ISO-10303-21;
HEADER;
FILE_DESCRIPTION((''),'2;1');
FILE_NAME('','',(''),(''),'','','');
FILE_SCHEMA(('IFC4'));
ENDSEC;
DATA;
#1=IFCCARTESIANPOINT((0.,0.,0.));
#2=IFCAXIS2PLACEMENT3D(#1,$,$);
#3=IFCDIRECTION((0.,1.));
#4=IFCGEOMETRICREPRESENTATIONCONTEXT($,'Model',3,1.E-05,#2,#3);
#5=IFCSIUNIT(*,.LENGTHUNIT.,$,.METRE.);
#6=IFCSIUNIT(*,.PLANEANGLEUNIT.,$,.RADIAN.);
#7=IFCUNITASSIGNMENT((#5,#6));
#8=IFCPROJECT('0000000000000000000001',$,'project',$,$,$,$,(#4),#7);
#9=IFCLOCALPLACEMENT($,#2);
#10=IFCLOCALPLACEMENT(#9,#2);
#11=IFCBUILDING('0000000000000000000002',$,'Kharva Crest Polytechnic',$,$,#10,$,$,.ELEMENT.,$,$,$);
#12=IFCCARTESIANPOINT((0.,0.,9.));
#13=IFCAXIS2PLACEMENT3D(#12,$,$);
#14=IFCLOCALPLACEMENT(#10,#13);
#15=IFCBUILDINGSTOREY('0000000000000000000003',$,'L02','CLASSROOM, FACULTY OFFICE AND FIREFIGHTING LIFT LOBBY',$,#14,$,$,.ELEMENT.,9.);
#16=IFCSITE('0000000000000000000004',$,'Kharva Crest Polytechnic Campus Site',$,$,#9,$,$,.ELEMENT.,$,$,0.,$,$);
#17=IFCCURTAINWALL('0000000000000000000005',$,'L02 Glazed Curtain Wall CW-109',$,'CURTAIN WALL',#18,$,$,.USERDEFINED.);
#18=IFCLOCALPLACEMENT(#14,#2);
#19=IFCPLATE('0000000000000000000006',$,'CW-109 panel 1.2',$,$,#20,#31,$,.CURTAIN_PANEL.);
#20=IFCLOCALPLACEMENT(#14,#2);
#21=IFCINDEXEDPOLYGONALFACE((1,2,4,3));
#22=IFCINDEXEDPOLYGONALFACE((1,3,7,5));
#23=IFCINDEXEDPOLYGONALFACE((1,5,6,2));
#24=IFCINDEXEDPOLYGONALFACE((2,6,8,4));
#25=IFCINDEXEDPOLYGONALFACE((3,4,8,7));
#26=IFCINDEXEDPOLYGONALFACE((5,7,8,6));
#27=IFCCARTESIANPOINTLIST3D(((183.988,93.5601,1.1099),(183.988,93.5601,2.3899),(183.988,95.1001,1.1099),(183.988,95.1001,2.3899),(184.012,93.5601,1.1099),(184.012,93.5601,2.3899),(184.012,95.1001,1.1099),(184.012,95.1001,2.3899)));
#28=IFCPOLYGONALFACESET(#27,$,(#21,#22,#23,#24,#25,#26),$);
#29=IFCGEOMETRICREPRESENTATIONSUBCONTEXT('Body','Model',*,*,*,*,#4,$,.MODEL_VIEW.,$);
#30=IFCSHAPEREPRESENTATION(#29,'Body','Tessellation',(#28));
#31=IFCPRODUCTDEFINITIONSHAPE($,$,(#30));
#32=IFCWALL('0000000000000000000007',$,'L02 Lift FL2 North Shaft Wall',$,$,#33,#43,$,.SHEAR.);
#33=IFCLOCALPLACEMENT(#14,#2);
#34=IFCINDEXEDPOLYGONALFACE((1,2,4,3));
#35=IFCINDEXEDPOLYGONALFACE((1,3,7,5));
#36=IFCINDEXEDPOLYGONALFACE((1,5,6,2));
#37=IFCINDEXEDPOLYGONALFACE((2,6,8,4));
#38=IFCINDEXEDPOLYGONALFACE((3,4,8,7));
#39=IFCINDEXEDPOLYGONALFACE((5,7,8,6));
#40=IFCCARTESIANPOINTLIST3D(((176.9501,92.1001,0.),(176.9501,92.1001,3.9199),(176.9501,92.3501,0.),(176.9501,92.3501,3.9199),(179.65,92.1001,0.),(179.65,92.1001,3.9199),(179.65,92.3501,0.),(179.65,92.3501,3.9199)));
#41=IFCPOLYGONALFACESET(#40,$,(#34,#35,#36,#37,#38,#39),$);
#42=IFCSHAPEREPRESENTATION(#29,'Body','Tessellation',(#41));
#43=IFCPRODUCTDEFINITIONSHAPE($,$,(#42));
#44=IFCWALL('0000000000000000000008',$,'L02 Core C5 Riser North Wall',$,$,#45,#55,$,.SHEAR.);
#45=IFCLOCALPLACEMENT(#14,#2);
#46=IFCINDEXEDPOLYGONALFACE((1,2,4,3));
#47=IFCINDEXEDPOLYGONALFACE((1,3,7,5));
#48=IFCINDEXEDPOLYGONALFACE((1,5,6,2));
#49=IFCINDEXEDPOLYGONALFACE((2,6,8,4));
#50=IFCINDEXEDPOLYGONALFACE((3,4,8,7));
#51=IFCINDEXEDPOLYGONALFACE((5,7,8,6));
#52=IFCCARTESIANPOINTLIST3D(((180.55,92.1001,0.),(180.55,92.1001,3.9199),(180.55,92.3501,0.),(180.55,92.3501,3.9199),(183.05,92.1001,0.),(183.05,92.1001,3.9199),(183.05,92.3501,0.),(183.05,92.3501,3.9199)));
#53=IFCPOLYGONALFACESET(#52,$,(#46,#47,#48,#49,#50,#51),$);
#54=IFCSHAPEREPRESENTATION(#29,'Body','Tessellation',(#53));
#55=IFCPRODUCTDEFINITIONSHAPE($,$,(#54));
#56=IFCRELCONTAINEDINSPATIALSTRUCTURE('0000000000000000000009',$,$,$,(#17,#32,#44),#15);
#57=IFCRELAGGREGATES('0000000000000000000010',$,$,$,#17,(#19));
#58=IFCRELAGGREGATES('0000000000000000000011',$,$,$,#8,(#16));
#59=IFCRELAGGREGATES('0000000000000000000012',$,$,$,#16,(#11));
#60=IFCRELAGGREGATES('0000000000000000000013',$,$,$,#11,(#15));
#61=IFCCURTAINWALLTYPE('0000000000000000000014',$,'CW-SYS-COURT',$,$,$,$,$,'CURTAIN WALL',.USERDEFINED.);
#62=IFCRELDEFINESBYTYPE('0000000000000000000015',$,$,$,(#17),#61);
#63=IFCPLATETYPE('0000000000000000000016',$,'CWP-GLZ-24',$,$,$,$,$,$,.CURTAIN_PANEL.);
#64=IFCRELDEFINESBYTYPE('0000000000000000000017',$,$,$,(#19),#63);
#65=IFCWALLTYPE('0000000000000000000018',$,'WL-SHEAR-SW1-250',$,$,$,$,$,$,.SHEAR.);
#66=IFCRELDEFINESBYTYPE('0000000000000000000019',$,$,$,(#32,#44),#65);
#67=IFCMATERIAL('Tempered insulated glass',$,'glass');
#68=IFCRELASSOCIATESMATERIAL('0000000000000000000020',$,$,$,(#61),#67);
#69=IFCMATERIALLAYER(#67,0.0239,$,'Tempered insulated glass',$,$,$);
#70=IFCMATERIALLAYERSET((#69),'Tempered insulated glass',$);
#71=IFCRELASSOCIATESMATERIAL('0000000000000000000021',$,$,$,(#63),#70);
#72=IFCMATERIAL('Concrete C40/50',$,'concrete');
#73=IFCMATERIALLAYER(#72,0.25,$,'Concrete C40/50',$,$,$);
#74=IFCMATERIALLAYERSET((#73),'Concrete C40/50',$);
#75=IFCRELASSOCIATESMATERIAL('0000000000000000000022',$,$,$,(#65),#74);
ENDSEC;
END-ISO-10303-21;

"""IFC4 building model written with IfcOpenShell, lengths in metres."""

from ifc_helpers import new_model, si_unit, direction, frame, frame_2d, origin, origin_2d, place, context, subcontext, project, spatial, rectangle, extrude, material, layer, layer_set, type_object, element, aggregate, save


model = new_model("IFC4")

# Units and contexts
model_context = context("Model", 3, precision=1e-05, world=origin(), true_north=direction((0.0, 1.0)))
body_context = subcontext(model_context, "Body", "Model", "MODEL_VIEW")
ifc_project = project(units=[si_unit("LENGTHUNIT", "METRE"), si_unit("PLANEANGLEUNIT", "RADIAN")], contexts=[model_context])

# Site, building, storey
site_placement = place(None, origin())
site = spatial("IfcSite", under=ifc_project, at=site_placement, Name="Kharva Crest Polytechnic Campus Site", CompositionType="ELEMENT", RefElevation=0.0)
building_placement = place(site_placement, origin())
building = spatial("IfcBuilding", under=site, at=building_placement, Name="Kharva Crest Polytechnic", CompositionType="ELEMENT")
storey_placement = place(building_placement, frame((0.0, 0.0, 9.0)))
storey = spatial("IfcBuildingStorey", under=building, at=storey_placement, Name="L02", Description="CLASSROOM, FACULTY OFFICE AND FIREFIGHTING LIFT LOBBY", CompositionType="ELEMENT", Elevation=9.0)

# Shared definitions
ifc_material_1 = material(Name="Concrete C40/50", Category="concrete")

# Shared definitions
ifc_material_2 = material(Name="Tempered insulated glass", Category="glass")
curtain_wall_type = type_object("IfcCurtainWallType", Name="CW-SYS-COURT", ElementType="CURTAIN WALL", PredefinedType="USERDEFINED", material=ifc_material_2)

# Curtain wall
curtain_wall_1_placement = place(storey_placement, origin())
curtain_wall_1 = element("IfcCurtainWall", 1, at=curtain_wall_1_placement, inside=storey, type_object=curtain_wall_type, Name="L02 Glazed Curtain Wall CW-109", ObjectType="CURTAIN WALL", PredefinedType="USERDEFINED")

# Plate
ifc_layer_1 = layer(ifc_material_2, 0.0239, Name="Tempered insulated glass")
ifc_layer_set_1 = layer_set([ifc_layer_1], Name="Tempered insulated glass")
plate_type = type_object("IfcPlateType", Name="CWP-GLZ-24", PredefinedType="CURTAIN_PANEL", material=ifc_layer_set_1)
plate_1_placement = place(storey_placement, frame((184.0, 94.3301, 1.1099), z_axis=(0.0, 0.0, 1.0), x_axis=(0.0, 1.0, 0.0)))
plate_1 = element("IfcPlate", 2, at=plate_1_placement, type_object=plate_type, Name="CW-109 panel 1.2", PredefinedType="CURTAIN_PANEL", context=body_context, shape_type="SweptSolid", body=[
    extrude(rectangle(XDim=1.54, YDim=0.0239, at=origin_2d()), origin(), (0.0, 0.0, 1.0), 1.28),
])
aggregate(curtain_wall_1, [plate_1])

# Walls
ifc_layer_2 = layer(ifc_material_1, 0.25, Name="Concrete C40/50")
ifc_layer_set_2 = layer_set([ifc_layer_2], Name="Concrete C40/50")
wall_type = type_object("IfcWallType", Name="WL-SHEAR-SW1-250", PredefinedType="SHEAR", material=ifc_layer_set_2)
wall_1_placement = place(storey_placement, frame((176.95, 92.2251, 0.0), z_axis=(0.0, 0.0, 1.0), x_axis=(1.0, 0.0, 0.0)))
element("IfcWall", 3, at=wall_1_placement, inside=storey, type_object=wall_type, Name="L02 Lift FL2 North Shaft Wall", PredefinedType="SHEAR", context=body_context, shape_type="SweptSolid", body=[
    extrude(rectangle(XDim=2.7, YDim=0.25, at=frame_2d((1.3501, 0.0))), origin(), (0.0, 0.0, 1.0), 3.9199),
])
wall_2_placement = place(storey_placement, frame((180.55, 92.2251, 0.0), z_axis=(0.0, 0.0, 1.0), x_axis=(1.0, 0.0, 0.0)))
element("IfcWall", 4, at=wall_2_placement, inside=storey, type_object=wall_type, Name="L02 Core C5 Riser North Wall", PredefinedType="SHEAR", context=body_context, shape_type="SweptSolid", body=[
    extrude(rectangle(XDim=2.5, YDim=0.25, at=frame_2d((1.25, 0.0))), origin(), (0.0, 0.0, 1.0), 3.9199),
])

save(model, "model.ifc")
